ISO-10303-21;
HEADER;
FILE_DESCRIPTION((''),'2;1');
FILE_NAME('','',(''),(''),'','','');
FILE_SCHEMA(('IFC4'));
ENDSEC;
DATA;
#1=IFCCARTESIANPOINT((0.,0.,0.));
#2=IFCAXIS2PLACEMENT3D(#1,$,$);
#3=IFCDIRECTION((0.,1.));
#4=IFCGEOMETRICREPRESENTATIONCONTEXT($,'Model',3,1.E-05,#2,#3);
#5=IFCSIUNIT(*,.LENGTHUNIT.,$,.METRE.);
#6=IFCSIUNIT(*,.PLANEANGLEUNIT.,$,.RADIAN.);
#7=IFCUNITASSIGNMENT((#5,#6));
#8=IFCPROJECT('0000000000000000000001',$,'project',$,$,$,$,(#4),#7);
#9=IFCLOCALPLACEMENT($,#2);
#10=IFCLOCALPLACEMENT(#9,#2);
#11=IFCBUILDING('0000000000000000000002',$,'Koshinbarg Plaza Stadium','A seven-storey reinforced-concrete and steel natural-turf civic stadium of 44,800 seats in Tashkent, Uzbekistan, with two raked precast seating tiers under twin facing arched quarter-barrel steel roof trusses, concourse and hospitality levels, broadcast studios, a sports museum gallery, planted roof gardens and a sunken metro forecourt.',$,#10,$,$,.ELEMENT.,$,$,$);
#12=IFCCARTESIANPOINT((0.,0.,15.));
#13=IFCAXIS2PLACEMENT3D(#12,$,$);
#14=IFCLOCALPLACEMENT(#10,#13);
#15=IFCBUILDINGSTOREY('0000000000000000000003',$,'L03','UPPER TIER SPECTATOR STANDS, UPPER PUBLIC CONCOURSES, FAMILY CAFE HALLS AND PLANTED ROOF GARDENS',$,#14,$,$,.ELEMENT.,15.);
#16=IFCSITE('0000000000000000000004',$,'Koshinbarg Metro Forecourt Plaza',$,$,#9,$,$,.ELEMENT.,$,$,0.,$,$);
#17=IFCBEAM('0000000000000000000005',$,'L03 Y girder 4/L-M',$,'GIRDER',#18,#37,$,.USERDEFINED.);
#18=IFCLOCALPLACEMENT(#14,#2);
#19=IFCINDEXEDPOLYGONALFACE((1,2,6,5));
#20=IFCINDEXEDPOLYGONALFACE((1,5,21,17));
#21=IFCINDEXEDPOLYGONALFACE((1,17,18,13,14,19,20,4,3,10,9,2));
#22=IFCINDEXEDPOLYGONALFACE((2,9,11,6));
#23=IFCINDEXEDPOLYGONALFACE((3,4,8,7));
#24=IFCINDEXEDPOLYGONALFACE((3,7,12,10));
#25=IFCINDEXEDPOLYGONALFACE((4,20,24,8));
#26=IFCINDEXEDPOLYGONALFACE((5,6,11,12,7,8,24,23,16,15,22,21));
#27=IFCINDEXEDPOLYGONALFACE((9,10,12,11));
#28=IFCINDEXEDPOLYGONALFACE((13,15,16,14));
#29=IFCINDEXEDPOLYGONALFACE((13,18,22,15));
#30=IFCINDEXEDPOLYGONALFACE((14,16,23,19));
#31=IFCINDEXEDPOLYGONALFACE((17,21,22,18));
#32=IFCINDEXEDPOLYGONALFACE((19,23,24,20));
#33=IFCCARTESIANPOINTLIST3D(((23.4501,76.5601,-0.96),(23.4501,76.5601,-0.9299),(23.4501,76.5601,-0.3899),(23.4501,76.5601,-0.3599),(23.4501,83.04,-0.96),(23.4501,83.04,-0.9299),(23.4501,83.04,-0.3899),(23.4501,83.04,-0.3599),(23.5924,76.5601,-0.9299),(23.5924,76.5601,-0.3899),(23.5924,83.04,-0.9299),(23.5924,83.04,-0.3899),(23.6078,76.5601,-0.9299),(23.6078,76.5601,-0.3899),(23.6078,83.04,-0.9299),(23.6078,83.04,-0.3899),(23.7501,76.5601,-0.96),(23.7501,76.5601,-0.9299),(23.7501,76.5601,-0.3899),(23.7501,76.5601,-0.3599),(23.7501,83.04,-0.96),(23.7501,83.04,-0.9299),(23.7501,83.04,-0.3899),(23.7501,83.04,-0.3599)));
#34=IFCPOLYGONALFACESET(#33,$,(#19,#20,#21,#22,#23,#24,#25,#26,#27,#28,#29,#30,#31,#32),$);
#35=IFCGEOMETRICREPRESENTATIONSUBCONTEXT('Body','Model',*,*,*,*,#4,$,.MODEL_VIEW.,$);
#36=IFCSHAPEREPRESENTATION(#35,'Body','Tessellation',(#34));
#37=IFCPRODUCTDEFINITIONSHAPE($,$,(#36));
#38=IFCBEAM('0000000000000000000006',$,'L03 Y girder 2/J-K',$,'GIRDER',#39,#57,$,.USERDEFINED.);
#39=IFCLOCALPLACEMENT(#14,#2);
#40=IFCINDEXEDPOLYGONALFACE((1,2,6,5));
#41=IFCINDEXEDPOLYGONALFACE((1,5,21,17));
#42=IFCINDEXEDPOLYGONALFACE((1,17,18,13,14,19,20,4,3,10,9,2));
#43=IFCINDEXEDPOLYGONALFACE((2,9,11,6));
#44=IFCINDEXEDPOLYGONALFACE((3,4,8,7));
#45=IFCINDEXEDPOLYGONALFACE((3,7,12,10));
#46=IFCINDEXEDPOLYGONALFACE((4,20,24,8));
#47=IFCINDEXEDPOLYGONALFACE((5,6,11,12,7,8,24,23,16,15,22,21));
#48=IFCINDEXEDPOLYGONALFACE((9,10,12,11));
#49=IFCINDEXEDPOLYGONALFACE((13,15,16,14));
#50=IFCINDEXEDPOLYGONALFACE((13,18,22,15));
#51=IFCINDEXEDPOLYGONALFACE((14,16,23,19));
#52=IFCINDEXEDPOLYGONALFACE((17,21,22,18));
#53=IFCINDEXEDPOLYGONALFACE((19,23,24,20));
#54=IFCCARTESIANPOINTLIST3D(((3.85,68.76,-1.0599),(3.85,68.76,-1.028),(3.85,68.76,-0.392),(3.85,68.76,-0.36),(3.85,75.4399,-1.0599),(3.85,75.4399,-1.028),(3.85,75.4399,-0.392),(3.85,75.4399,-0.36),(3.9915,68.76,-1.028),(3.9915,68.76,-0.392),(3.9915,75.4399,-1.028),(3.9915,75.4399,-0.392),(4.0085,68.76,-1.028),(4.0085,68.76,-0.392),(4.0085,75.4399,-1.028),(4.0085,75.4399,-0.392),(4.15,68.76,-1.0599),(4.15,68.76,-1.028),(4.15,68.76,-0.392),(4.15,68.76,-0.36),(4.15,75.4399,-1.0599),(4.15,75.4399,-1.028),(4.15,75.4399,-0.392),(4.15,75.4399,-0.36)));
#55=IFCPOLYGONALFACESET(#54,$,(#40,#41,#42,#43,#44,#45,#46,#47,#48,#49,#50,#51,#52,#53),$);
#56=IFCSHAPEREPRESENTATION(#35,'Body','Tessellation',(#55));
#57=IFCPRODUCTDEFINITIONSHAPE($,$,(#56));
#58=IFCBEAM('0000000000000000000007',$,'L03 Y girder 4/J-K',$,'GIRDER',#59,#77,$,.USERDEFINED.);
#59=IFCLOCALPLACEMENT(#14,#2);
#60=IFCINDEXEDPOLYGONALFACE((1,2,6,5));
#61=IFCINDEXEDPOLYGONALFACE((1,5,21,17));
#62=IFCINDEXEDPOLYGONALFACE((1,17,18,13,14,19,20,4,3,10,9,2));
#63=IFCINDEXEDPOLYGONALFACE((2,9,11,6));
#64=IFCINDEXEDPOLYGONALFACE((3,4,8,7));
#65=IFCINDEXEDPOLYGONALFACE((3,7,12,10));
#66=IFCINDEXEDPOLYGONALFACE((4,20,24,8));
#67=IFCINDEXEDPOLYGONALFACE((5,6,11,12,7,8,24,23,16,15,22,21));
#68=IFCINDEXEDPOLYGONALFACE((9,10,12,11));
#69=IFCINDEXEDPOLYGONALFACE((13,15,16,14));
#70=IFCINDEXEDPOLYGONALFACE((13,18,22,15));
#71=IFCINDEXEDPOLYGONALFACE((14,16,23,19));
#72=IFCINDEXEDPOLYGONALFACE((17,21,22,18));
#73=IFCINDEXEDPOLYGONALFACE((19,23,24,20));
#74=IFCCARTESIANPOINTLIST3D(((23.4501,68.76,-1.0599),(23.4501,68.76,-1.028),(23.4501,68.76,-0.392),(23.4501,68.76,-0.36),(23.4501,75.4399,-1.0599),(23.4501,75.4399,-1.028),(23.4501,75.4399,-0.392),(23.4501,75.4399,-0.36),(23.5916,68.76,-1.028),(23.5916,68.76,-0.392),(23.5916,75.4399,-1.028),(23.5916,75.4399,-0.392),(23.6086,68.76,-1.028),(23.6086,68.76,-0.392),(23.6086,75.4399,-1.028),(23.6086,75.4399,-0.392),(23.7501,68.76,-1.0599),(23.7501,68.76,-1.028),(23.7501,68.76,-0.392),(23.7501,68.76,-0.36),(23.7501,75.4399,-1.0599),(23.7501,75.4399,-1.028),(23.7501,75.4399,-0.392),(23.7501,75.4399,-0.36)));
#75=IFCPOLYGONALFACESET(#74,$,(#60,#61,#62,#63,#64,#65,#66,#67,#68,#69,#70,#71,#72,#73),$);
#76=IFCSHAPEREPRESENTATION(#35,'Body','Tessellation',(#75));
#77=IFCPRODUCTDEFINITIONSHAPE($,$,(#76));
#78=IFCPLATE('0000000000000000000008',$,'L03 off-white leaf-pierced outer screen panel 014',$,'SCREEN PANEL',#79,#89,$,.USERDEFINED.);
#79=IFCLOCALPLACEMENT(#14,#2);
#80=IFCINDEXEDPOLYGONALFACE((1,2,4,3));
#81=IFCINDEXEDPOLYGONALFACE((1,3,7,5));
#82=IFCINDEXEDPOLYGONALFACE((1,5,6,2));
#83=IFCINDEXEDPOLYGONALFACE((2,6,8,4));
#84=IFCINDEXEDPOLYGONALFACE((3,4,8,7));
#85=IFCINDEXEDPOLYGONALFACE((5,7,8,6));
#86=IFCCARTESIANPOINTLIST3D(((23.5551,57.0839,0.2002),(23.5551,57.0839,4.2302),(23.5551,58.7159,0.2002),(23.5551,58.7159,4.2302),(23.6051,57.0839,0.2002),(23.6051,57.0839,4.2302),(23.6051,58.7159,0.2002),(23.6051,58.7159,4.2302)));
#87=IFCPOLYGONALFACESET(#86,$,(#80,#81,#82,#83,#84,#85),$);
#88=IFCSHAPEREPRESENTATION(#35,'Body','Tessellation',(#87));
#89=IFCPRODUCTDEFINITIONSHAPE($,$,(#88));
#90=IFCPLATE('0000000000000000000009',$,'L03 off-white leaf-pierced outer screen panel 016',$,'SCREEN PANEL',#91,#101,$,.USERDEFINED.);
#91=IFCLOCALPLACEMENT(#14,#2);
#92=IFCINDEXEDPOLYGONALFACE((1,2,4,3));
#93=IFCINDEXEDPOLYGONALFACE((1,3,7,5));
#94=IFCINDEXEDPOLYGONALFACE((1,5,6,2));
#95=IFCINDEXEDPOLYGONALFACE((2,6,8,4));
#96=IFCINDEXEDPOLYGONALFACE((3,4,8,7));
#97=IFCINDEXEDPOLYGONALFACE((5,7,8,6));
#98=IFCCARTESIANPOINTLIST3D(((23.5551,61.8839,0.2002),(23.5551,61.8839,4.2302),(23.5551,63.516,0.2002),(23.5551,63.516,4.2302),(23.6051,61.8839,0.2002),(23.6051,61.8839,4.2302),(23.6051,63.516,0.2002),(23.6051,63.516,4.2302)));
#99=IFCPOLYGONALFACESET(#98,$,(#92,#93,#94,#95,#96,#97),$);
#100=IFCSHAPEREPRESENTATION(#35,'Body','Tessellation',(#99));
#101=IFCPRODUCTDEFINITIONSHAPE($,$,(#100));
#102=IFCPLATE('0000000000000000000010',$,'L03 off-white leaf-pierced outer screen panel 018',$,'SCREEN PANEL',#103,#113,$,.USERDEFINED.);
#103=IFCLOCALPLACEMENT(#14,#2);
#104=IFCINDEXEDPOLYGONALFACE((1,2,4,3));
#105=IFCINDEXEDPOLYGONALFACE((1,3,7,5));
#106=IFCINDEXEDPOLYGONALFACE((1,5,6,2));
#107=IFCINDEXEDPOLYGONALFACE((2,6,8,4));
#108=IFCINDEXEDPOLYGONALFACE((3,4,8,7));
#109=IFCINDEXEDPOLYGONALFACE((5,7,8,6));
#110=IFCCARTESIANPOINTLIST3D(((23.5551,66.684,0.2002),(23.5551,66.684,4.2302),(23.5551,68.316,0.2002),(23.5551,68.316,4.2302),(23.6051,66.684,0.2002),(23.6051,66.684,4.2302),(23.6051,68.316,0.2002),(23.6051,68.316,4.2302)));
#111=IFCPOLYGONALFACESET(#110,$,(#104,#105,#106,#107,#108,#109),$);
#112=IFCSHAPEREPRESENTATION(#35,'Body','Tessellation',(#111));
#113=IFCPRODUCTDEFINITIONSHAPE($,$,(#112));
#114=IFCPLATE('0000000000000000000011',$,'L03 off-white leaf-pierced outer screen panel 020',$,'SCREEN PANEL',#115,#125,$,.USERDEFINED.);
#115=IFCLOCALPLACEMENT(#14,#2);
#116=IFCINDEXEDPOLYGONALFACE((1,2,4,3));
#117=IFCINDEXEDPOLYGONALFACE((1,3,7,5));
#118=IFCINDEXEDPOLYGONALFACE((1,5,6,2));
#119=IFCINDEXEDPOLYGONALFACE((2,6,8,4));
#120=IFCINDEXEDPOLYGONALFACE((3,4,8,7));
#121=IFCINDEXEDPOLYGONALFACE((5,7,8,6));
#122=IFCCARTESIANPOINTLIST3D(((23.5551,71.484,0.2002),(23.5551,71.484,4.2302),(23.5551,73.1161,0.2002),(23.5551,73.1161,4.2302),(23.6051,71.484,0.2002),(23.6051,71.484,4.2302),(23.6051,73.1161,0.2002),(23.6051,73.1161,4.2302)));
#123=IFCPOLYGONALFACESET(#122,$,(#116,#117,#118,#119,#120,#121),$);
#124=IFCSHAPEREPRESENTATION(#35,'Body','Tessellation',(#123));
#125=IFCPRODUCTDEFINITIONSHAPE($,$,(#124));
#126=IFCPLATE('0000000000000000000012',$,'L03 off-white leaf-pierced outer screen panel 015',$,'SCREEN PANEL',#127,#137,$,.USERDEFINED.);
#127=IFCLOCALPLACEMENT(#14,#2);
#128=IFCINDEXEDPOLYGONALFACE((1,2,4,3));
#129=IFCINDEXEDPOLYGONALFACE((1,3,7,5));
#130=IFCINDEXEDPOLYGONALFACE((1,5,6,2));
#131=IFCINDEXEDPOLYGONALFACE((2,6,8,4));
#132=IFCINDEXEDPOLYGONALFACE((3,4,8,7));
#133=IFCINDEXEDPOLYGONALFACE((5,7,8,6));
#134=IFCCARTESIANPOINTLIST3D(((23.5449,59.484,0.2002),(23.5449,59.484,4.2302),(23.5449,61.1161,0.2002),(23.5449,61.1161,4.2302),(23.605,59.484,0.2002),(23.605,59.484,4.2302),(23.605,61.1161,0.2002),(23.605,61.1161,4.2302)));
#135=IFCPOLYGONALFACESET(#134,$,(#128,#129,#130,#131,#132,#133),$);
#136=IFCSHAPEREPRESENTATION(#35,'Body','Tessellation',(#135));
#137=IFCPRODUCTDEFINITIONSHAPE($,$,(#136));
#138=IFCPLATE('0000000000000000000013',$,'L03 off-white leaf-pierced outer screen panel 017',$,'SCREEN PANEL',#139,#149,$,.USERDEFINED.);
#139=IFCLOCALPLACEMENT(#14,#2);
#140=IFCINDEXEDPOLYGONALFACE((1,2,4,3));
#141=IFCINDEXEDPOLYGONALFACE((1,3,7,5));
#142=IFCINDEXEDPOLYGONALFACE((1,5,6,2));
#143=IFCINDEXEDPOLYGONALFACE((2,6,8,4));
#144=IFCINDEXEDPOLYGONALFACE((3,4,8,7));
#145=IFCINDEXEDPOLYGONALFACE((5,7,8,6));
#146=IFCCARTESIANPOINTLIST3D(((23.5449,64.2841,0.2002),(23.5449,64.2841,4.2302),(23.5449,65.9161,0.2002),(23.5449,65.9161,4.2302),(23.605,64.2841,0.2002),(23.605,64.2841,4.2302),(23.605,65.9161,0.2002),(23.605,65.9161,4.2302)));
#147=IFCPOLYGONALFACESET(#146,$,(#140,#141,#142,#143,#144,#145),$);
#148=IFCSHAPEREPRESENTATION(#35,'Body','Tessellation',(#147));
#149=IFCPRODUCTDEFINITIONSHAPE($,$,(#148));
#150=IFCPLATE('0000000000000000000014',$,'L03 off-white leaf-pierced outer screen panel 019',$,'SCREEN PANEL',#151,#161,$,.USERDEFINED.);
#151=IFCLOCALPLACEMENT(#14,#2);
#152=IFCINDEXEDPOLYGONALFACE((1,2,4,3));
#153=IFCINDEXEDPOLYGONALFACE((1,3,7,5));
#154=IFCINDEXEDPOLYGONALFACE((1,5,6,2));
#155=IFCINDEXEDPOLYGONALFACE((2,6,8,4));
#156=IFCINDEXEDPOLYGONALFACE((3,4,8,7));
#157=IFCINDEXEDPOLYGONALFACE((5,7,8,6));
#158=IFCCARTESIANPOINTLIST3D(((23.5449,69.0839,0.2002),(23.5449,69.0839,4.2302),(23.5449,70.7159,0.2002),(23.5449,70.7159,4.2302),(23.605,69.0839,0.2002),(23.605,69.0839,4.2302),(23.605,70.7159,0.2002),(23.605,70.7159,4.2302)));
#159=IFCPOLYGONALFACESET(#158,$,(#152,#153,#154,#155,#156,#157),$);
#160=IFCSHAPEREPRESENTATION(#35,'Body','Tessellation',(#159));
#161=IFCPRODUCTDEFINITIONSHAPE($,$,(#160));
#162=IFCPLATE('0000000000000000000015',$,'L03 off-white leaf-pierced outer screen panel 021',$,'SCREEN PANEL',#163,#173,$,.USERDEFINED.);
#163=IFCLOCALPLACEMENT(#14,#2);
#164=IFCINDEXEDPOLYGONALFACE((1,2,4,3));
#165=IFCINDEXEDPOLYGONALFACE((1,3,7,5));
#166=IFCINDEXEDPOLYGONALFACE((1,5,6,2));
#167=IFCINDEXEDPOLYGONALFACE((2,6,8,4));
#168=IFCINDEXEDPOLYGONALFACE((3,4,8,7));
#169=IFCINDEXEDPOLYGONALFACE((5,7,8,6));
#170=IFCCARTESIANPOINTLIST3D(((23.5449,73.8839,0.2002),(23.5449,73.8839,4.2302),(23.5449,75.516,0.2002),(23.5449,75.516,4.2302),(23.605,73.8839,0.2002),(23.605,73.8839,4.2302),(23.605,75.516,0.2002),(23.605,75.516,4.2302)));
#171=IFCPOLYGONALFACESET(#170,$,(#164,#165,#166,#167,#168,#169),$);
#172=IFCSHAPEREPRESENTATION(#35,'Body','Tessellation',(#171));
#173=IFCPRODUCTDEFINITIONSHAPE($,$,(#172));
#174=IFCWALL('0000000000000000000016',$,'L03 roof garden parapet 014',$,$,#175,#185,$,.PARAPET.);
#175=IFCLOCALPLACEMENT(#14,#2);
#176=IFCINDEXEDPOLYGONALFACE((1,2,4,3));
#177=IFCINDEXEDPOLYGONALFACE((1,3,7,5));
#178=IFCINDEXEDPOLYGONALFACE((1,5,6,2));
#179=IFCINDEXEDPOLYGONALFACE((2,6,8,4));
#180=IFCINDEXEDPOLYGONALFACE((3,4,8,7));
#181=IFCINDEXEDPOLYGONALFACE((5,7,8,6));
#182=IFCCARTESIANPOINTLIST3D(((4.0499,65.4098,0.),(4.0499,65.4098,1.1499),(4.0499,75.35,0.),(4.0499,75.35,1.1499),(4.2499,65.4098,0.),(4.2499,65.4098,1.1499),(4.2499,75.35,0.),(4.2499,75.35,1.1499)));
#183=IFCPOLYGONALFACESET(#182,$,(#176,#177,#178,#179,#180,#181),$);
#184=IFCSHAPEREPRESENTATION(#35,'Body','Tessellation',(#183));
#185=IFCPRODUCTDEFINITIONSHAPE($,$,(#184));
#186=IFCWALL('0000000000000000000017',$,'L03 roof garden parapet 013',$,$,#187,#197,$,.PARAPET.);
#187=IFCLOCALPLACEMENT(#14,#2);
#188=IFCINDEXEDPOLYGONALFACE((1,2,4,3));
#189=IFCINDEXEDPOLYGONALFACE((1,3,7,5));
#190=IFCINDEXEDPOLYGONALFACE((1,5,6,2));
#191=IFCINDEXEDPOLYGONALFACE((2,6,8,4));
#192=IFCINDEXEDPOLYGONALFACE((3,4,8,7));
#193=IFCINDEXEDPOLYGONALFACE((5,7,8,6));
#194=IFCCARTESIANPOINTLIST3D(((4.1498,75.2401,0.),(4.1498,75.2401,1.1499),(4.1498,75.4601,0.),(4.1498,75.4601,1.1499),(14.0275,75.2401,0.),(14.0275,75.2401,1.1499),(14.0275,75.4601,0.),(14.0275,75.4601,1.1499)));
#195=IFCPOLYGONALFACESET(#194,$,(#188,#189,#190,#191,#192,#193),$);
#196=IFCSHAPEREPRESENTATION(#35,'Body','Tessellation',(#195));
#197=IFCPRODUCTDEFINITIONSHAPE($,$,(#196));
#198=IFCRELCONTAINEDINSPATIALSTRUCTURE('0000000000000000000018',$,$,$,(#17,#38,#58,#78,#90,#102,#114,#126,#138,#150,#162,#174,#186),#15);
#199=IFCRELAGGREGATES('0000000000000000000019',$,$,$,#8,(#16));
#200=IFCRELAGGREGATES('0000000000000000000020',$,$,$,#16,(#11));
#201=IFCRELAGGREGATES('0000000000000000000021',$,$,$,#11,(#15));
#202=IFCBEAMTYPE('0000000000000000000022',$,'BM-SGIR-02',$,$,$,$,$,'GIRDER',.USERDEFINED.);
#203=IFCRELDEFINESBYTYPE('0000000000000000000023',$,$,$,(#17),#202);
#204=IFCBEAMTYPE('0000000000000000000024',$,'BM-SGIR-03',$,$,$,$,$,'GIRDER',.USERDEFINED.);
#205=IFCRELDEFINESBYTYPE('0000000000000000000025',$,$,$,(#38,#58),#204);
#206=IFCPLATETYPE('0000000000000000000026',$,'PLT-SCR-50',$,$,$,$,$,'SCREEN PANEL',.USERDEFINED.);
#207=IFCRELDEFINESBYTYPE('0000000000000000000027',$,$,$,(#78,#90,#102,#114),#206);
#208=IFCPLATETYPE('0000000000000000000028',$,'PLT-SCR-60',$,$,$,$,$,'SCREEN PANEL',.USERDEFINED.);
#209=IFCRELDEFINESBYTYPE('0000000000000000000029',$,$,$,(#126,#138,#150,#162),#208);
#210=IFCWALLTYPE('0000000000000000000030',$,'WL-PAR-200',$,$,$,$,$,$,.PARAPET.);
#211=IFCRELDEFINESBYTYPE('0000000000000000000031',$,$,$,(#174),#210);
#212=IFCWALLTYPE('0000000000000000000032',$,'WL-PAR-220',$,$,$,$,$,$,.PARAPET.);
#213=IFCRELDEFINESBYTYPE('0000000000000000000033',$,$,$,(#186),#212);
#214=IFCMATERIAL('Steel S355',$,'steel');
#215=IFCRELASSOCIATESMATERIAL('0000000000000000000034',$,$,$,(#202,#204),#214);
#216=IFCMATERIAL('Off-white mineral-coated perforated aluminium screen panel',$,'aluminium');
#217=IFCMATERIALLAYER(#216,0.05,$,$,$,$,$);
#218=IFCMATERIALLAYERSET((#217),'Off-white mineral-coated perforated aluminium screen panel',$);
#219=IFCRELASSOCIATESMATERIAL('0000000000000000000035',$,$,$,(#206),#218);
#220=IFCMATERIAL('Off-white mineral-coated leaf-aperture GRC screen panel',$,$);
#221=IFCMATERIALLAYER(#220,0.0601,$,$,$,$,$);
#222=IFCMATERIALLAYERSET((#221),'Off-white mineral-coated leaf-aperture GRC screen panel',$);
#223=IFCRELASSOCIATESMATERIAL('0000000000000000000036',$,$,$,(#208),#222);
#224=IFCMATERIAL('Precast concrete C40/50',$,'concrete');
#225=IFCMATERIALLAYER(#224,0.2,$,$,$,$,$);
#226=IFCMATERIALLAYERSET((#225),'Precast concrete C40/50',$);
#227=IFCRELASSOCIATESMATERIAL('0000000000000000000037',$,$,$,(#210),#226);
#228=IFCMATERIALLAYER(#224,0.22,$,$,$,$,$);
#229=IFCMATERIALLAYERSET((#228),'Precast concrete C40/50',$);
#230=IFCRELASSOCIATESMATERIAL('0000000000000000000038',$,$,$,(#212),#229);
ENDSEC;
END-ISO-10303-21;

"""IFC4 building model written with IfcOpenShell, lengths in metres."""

from ifc_helpers import new_model, si_unit, direction, frame, frame_2d, origin, origin_2d, place, context, subcontext, project, spatial, rectangle, i_section, extrude, material, layer, layer_set, material_profile, profile_set, type_object, element, save


model = new_model("IFC4")

# Units and contexts
model_context = context("Model", 3, precision=1e-05, world=origin(), true_north=direction((0.0, 1.0)))
body_context = subcontext(model_context, "Body", "Model", "MODEL_VIEW")
ifc_project = project(units=[si_unit("LENGTHUNIT", "METRE"), si_unit("PLANEANGLEUNIT", "RADIAN")], contexts=[model_context])

# Site, building, storey
site_placement = place(None, origin())
site = spatial("IfcSite", under=ifc_project, at=site_placement, Name="Koshinbarg Metro Forecourt Plaza", CompositionType="ELEMENT", RefElevation=0.0)
building_placement = place(site_placement, origin())
building = spatial("IfcBuilding", under=site, at=building_placement, Name="Koshinbarg Plaza Stadium", Description="A seven-storey reinforced-concrete and steel natural-turf civic stadium of 44,800 seats in Tashkent, Uzbekistan, with two raked precast seating tiers under twin facing arched quarter-barrel steel roof trusses, concourse and hospitality levels, broadcast studios, a sports museum gallery, planted roof gardens and a sunken metro forecourt.", CompositionType="ELEMENT")
storey_placement = place(building_placement, frame((0.0, 0.0, 15.0)))
storey = spatial("IfcBuildingStorey", under=building, at=storey_placement, Name="L03", Description="UPPER TIER SPECTATOR STANDS, UPPER PUBLIC CONCOURSES, FAMILY CAFE HALLS AND PLANTED ROOF GARDENS", CompositionType="ELEMENT", Elevation=15.0)

# Beams
ifc_material_1 = material(Name="Steel S355", Category="steel")
ifc_material_profile_1 = material_profile(ifc_material_1, i_section(OverallWidth=0.3, OverallDepth=0.6001, WebThickness=0.0154, FlangeThickness=0.03, at=origin_2d()), Name="HEB 600")
ifc_profile_set_1 = profile_set([ifc_material_profile_1], Name="Steel S355")
beam_type_1 = type_object("IfcBeamType", Name="BM-SGIR-02", ElementType="GIRDER", PredefinedType="USERDEFINED", material=ifc_profile_set_1)
beam_1_placement = place(storey_placement, frame((23.6001, 76.5601, -0.6599), z_axis=(0.0, 1.0, 0.0), x_axis=(-1.0, 0.0, 0.0)))
element("IfcBeam", 1, at=beam_1_placement, inside=storey, type_object=beam_type_1, Name="L03 Y girder 4/L-M", ObjectType="GIRDER", PredefinedType="USERDEFINED", context=body_context, shape_type="SweptSolid", body=[
    extrude(i_section(OverallWidth=0.3, OverallDepth=0.6001, WebThickness=0.0154, FlangeThickness=0.03, at=origin_2d()), origin(), (0.0, 0.0, 1.0), 6.48),
])
ifc_material_profile_2 = material_profile(ifc_material_1, i_section(OverallWidth=0.3, OverallDepth=0.7, WebThickness=0.0171, FlangeThickness=0.032, at=origin_2d()), Name="HEB 700")
ifc_profile_set_2 = profile_set([ifc_material_profile_2], Name="Steel S355")
beam_type_2 = type_object("IfcBeamType", Name="BM-SGIR-03", ElementType="GIRDER", PredefinedType="USERDEFINED", material=ifc_profile_set_2)
for number, where, z_axis, x_axis, name in (
    (2, (4.0, 68.76, -0.71), (0.0, 1.0, 0.0), (-1.0, 0.0, 0.0), "L03 Y girder 2/J-K"),
    (3, (23.6001, 68.76, -0.71), (0.0, 1.0, 0.0), (-1.0, 0.0, 0.0), "L03 Y girder 4/J-K"),
):
    element("IfcBeam", number, at=place(storey_placement, frame(where, z_axis=z_axis, x_axis=x_axis)), inside=storey, type_object=beam_type_2, Name=name, ObjectType="GIRDER", PredefinedType="USERDEFINED", context=body_context, shape_type="SweptSolid", body=[
        extrude(i_section(OverallWidth=0.3, OverallDepth=0.7, WebThickness=0.0171, FlangeThickness=0.032, at=origin_2d()), origin(), (0.0, 0.0, 1.0), 6.6799),
    ])

# Plates
ifc_material_2 = material(Name="Off-white mineral-coated perforated aluminium screen panel", Category="aluminium")
ifc_layer_1 = layer(ifc_material_2, 0.05)
ifc_layer_set_1 = layer_set([ifc_layer_1], Name="Off-white mineral-coated perforated aluminium screen panel")
plate_type_1 = type_object("IfcPlateType", Name="PLT-SCR-50", ElementType="SCREEN PANEL", PredefinedType="USERDEFINED", material=ifc_layer_set_1)
for number, where, z_axis, x_axis, name in (
    (4, (23.5801, 57.8999, 0.2002), (0.0, 0.0, 1.0), (1.0, 0.0, 0.0), "L03 off-white leaf-pierced outer screen panel 014"),
    (5, (23.5801, 62.7, 0.2002), (0.0, 0.0, 1.0), (1.0, 0.0, 0.0), "L03 off-white leaf-pierced outer screen panel 016"),
    (6, (23.5801, 67.5, 0.2002), (0.0, 0.0, 1.0), (1.0, 0.0, 0.0), "L03 off-white leaf-pierced outer screen panel 018"),
    (7, (23.5801, 72.3, 0.2002), (0.0, 0.0, 1.0), (1.0, 0.0, 0.0), "L03 off-white leaf-pierced outer screen panel 020"),
):
    element("IfcPlate", number, at=place(storey_placement, frame(where, z_axis=z_axis, x_axis=x_axis)), inside=storey, type_object=plate_type_1, Name=name, ObjectType="SCREEN PANEL", PredefinedType="USERDEFINED", context=body_context, shape_type="SweptSolid", body=[
        extrude(rectangle(XDim=0.05, YDim=1.6321, at=origin_2d()), origin(), (0.0, 0.0, 1.0), 4.03),
    ])
ifc_material_3 = material(Name="Off-white mineral-coated leaf-aperture GRC screen panel")
ifc_layer_2 = layer(ifc_material_3, 0.0601)
ifc_layer_set_2 = layer_set([ifc_layer_2], Name="Off-white mineral-coated leaf-aperture GRC screen panel")
plate_type_2 = type_object("IfcPlateType", Name="PLT-SCR-60", ElementType="SCREEN PANEL", PredefinedType="USERDEFINED", material=ifc_layer_set_2)
for number, where, z_axis, x_axis, name in (
    (8, (23.575, 60.3, 0.2002), (0.0, 0.0, 1.0), (1.0, 0.0, 0.0), "L03 off-white leaf-pierced outer screen panel 015"),
    (9, (23.575, 65.1001, 0.2002), (0.0, 0.0, 1.0), (1.0, 0.0, 0.0), "L03 off-white leaf-pierced outer screen panel 017"),
    (10, (23.575, 69.8999, 0.2002), (0.0, 0.0, 1.0), (1.0, 0.0, 0.0), "L03 off-white leaf-pierced outer screen panel 019"),
    (11, (23.575, 74.7, 0.2002), (0.0, 0.0, 1.0), (1.0, 0.0, 0.0), "L03 off-white leaf-pierced outer screen panel 021"),
):
    element("IfcPlate", number, at=place(storey_placement, frame(where, z_axis=z_axis, x_axis=x_axis)), inside=storey, type_object=plate_type_2, Name=name, ObjectType="SCREEN PANEL", PredefinedType="USERDEFINED", context=body_context, shape_type="SweptSolid", body=[
        extrude(rectangle(XDim=0.0601, YDim=1.6321, at=origin_2d()), origin(), (0.0, 0.0, 1.0), 4.03),
    ])

# Walls
ifc_material_4 = material(Name="Precast concrete C40/50", Category="concrete")
ifc_layer_3 = layer(ifc_material_4, 0.2)
ifc_layer_set_3 = layer_set([ifc_layer_3], Name="Precast concrete C40/50")
wall_type_1 = type_object("IfcWallType", Name="WL-PAR-200", PredefinedType="PARAPET", material=ifc_layer_set_3)
wall_1_placement = place(storey_placement, frame((4.1499, 75.3501, 0.0), z_axis=(0.0, 0.0, 1.0), x_axis=(0.0, -1.0, 0.0)))
element("IfcWall", 12, at=wall_1_placement, inside=storey, type_object=wall_type_1, Name="L03 roof garden parapet 014", PredefinedType="PARAPET", context=body_context, shape_type="SweptSolid", body=[
    extrude(rectangle(XDim=9.9402, YDim=0.2, at=frame_2d((4.9702, 0.0))), origin(), (0.0, 0.0, 1.0), 1.1499),
])
ifc_layer_4 = layer(ifc_material_4, 0.22)
ifc_layer_set_4 = layer_set([ifc_layer_4], Name="Precast concrete C40/50")
wall_type_2 = type_object("IfcWallType", Name="WL-PAR-220", PredefinedType="PARAPET", material=ifc_layer_set_4)
wall_2_placement = place(storey_placement, frame((14.0276, 75.3501, 0.0), z_axis=(0.0, 0.0, 1.0), x_axis=(-1.0, 0.0, 0.0)))
element("IfcWall", 13, at=wall_2_placement, inside=storey, type_object=wall_type_2, Name="L03 roof garden parapet 013", PredefinedType="PARAPET", context=body_context, shape_type="SweptSolid", body=[
    extrude(rectangle(XDim=9.8777, YDim=0.22, at=frame_2d((4.939, 0.0))), origin(), (0.0, 0.0, 1.0), 1.1499),
])

save(model, "model.ifc")
